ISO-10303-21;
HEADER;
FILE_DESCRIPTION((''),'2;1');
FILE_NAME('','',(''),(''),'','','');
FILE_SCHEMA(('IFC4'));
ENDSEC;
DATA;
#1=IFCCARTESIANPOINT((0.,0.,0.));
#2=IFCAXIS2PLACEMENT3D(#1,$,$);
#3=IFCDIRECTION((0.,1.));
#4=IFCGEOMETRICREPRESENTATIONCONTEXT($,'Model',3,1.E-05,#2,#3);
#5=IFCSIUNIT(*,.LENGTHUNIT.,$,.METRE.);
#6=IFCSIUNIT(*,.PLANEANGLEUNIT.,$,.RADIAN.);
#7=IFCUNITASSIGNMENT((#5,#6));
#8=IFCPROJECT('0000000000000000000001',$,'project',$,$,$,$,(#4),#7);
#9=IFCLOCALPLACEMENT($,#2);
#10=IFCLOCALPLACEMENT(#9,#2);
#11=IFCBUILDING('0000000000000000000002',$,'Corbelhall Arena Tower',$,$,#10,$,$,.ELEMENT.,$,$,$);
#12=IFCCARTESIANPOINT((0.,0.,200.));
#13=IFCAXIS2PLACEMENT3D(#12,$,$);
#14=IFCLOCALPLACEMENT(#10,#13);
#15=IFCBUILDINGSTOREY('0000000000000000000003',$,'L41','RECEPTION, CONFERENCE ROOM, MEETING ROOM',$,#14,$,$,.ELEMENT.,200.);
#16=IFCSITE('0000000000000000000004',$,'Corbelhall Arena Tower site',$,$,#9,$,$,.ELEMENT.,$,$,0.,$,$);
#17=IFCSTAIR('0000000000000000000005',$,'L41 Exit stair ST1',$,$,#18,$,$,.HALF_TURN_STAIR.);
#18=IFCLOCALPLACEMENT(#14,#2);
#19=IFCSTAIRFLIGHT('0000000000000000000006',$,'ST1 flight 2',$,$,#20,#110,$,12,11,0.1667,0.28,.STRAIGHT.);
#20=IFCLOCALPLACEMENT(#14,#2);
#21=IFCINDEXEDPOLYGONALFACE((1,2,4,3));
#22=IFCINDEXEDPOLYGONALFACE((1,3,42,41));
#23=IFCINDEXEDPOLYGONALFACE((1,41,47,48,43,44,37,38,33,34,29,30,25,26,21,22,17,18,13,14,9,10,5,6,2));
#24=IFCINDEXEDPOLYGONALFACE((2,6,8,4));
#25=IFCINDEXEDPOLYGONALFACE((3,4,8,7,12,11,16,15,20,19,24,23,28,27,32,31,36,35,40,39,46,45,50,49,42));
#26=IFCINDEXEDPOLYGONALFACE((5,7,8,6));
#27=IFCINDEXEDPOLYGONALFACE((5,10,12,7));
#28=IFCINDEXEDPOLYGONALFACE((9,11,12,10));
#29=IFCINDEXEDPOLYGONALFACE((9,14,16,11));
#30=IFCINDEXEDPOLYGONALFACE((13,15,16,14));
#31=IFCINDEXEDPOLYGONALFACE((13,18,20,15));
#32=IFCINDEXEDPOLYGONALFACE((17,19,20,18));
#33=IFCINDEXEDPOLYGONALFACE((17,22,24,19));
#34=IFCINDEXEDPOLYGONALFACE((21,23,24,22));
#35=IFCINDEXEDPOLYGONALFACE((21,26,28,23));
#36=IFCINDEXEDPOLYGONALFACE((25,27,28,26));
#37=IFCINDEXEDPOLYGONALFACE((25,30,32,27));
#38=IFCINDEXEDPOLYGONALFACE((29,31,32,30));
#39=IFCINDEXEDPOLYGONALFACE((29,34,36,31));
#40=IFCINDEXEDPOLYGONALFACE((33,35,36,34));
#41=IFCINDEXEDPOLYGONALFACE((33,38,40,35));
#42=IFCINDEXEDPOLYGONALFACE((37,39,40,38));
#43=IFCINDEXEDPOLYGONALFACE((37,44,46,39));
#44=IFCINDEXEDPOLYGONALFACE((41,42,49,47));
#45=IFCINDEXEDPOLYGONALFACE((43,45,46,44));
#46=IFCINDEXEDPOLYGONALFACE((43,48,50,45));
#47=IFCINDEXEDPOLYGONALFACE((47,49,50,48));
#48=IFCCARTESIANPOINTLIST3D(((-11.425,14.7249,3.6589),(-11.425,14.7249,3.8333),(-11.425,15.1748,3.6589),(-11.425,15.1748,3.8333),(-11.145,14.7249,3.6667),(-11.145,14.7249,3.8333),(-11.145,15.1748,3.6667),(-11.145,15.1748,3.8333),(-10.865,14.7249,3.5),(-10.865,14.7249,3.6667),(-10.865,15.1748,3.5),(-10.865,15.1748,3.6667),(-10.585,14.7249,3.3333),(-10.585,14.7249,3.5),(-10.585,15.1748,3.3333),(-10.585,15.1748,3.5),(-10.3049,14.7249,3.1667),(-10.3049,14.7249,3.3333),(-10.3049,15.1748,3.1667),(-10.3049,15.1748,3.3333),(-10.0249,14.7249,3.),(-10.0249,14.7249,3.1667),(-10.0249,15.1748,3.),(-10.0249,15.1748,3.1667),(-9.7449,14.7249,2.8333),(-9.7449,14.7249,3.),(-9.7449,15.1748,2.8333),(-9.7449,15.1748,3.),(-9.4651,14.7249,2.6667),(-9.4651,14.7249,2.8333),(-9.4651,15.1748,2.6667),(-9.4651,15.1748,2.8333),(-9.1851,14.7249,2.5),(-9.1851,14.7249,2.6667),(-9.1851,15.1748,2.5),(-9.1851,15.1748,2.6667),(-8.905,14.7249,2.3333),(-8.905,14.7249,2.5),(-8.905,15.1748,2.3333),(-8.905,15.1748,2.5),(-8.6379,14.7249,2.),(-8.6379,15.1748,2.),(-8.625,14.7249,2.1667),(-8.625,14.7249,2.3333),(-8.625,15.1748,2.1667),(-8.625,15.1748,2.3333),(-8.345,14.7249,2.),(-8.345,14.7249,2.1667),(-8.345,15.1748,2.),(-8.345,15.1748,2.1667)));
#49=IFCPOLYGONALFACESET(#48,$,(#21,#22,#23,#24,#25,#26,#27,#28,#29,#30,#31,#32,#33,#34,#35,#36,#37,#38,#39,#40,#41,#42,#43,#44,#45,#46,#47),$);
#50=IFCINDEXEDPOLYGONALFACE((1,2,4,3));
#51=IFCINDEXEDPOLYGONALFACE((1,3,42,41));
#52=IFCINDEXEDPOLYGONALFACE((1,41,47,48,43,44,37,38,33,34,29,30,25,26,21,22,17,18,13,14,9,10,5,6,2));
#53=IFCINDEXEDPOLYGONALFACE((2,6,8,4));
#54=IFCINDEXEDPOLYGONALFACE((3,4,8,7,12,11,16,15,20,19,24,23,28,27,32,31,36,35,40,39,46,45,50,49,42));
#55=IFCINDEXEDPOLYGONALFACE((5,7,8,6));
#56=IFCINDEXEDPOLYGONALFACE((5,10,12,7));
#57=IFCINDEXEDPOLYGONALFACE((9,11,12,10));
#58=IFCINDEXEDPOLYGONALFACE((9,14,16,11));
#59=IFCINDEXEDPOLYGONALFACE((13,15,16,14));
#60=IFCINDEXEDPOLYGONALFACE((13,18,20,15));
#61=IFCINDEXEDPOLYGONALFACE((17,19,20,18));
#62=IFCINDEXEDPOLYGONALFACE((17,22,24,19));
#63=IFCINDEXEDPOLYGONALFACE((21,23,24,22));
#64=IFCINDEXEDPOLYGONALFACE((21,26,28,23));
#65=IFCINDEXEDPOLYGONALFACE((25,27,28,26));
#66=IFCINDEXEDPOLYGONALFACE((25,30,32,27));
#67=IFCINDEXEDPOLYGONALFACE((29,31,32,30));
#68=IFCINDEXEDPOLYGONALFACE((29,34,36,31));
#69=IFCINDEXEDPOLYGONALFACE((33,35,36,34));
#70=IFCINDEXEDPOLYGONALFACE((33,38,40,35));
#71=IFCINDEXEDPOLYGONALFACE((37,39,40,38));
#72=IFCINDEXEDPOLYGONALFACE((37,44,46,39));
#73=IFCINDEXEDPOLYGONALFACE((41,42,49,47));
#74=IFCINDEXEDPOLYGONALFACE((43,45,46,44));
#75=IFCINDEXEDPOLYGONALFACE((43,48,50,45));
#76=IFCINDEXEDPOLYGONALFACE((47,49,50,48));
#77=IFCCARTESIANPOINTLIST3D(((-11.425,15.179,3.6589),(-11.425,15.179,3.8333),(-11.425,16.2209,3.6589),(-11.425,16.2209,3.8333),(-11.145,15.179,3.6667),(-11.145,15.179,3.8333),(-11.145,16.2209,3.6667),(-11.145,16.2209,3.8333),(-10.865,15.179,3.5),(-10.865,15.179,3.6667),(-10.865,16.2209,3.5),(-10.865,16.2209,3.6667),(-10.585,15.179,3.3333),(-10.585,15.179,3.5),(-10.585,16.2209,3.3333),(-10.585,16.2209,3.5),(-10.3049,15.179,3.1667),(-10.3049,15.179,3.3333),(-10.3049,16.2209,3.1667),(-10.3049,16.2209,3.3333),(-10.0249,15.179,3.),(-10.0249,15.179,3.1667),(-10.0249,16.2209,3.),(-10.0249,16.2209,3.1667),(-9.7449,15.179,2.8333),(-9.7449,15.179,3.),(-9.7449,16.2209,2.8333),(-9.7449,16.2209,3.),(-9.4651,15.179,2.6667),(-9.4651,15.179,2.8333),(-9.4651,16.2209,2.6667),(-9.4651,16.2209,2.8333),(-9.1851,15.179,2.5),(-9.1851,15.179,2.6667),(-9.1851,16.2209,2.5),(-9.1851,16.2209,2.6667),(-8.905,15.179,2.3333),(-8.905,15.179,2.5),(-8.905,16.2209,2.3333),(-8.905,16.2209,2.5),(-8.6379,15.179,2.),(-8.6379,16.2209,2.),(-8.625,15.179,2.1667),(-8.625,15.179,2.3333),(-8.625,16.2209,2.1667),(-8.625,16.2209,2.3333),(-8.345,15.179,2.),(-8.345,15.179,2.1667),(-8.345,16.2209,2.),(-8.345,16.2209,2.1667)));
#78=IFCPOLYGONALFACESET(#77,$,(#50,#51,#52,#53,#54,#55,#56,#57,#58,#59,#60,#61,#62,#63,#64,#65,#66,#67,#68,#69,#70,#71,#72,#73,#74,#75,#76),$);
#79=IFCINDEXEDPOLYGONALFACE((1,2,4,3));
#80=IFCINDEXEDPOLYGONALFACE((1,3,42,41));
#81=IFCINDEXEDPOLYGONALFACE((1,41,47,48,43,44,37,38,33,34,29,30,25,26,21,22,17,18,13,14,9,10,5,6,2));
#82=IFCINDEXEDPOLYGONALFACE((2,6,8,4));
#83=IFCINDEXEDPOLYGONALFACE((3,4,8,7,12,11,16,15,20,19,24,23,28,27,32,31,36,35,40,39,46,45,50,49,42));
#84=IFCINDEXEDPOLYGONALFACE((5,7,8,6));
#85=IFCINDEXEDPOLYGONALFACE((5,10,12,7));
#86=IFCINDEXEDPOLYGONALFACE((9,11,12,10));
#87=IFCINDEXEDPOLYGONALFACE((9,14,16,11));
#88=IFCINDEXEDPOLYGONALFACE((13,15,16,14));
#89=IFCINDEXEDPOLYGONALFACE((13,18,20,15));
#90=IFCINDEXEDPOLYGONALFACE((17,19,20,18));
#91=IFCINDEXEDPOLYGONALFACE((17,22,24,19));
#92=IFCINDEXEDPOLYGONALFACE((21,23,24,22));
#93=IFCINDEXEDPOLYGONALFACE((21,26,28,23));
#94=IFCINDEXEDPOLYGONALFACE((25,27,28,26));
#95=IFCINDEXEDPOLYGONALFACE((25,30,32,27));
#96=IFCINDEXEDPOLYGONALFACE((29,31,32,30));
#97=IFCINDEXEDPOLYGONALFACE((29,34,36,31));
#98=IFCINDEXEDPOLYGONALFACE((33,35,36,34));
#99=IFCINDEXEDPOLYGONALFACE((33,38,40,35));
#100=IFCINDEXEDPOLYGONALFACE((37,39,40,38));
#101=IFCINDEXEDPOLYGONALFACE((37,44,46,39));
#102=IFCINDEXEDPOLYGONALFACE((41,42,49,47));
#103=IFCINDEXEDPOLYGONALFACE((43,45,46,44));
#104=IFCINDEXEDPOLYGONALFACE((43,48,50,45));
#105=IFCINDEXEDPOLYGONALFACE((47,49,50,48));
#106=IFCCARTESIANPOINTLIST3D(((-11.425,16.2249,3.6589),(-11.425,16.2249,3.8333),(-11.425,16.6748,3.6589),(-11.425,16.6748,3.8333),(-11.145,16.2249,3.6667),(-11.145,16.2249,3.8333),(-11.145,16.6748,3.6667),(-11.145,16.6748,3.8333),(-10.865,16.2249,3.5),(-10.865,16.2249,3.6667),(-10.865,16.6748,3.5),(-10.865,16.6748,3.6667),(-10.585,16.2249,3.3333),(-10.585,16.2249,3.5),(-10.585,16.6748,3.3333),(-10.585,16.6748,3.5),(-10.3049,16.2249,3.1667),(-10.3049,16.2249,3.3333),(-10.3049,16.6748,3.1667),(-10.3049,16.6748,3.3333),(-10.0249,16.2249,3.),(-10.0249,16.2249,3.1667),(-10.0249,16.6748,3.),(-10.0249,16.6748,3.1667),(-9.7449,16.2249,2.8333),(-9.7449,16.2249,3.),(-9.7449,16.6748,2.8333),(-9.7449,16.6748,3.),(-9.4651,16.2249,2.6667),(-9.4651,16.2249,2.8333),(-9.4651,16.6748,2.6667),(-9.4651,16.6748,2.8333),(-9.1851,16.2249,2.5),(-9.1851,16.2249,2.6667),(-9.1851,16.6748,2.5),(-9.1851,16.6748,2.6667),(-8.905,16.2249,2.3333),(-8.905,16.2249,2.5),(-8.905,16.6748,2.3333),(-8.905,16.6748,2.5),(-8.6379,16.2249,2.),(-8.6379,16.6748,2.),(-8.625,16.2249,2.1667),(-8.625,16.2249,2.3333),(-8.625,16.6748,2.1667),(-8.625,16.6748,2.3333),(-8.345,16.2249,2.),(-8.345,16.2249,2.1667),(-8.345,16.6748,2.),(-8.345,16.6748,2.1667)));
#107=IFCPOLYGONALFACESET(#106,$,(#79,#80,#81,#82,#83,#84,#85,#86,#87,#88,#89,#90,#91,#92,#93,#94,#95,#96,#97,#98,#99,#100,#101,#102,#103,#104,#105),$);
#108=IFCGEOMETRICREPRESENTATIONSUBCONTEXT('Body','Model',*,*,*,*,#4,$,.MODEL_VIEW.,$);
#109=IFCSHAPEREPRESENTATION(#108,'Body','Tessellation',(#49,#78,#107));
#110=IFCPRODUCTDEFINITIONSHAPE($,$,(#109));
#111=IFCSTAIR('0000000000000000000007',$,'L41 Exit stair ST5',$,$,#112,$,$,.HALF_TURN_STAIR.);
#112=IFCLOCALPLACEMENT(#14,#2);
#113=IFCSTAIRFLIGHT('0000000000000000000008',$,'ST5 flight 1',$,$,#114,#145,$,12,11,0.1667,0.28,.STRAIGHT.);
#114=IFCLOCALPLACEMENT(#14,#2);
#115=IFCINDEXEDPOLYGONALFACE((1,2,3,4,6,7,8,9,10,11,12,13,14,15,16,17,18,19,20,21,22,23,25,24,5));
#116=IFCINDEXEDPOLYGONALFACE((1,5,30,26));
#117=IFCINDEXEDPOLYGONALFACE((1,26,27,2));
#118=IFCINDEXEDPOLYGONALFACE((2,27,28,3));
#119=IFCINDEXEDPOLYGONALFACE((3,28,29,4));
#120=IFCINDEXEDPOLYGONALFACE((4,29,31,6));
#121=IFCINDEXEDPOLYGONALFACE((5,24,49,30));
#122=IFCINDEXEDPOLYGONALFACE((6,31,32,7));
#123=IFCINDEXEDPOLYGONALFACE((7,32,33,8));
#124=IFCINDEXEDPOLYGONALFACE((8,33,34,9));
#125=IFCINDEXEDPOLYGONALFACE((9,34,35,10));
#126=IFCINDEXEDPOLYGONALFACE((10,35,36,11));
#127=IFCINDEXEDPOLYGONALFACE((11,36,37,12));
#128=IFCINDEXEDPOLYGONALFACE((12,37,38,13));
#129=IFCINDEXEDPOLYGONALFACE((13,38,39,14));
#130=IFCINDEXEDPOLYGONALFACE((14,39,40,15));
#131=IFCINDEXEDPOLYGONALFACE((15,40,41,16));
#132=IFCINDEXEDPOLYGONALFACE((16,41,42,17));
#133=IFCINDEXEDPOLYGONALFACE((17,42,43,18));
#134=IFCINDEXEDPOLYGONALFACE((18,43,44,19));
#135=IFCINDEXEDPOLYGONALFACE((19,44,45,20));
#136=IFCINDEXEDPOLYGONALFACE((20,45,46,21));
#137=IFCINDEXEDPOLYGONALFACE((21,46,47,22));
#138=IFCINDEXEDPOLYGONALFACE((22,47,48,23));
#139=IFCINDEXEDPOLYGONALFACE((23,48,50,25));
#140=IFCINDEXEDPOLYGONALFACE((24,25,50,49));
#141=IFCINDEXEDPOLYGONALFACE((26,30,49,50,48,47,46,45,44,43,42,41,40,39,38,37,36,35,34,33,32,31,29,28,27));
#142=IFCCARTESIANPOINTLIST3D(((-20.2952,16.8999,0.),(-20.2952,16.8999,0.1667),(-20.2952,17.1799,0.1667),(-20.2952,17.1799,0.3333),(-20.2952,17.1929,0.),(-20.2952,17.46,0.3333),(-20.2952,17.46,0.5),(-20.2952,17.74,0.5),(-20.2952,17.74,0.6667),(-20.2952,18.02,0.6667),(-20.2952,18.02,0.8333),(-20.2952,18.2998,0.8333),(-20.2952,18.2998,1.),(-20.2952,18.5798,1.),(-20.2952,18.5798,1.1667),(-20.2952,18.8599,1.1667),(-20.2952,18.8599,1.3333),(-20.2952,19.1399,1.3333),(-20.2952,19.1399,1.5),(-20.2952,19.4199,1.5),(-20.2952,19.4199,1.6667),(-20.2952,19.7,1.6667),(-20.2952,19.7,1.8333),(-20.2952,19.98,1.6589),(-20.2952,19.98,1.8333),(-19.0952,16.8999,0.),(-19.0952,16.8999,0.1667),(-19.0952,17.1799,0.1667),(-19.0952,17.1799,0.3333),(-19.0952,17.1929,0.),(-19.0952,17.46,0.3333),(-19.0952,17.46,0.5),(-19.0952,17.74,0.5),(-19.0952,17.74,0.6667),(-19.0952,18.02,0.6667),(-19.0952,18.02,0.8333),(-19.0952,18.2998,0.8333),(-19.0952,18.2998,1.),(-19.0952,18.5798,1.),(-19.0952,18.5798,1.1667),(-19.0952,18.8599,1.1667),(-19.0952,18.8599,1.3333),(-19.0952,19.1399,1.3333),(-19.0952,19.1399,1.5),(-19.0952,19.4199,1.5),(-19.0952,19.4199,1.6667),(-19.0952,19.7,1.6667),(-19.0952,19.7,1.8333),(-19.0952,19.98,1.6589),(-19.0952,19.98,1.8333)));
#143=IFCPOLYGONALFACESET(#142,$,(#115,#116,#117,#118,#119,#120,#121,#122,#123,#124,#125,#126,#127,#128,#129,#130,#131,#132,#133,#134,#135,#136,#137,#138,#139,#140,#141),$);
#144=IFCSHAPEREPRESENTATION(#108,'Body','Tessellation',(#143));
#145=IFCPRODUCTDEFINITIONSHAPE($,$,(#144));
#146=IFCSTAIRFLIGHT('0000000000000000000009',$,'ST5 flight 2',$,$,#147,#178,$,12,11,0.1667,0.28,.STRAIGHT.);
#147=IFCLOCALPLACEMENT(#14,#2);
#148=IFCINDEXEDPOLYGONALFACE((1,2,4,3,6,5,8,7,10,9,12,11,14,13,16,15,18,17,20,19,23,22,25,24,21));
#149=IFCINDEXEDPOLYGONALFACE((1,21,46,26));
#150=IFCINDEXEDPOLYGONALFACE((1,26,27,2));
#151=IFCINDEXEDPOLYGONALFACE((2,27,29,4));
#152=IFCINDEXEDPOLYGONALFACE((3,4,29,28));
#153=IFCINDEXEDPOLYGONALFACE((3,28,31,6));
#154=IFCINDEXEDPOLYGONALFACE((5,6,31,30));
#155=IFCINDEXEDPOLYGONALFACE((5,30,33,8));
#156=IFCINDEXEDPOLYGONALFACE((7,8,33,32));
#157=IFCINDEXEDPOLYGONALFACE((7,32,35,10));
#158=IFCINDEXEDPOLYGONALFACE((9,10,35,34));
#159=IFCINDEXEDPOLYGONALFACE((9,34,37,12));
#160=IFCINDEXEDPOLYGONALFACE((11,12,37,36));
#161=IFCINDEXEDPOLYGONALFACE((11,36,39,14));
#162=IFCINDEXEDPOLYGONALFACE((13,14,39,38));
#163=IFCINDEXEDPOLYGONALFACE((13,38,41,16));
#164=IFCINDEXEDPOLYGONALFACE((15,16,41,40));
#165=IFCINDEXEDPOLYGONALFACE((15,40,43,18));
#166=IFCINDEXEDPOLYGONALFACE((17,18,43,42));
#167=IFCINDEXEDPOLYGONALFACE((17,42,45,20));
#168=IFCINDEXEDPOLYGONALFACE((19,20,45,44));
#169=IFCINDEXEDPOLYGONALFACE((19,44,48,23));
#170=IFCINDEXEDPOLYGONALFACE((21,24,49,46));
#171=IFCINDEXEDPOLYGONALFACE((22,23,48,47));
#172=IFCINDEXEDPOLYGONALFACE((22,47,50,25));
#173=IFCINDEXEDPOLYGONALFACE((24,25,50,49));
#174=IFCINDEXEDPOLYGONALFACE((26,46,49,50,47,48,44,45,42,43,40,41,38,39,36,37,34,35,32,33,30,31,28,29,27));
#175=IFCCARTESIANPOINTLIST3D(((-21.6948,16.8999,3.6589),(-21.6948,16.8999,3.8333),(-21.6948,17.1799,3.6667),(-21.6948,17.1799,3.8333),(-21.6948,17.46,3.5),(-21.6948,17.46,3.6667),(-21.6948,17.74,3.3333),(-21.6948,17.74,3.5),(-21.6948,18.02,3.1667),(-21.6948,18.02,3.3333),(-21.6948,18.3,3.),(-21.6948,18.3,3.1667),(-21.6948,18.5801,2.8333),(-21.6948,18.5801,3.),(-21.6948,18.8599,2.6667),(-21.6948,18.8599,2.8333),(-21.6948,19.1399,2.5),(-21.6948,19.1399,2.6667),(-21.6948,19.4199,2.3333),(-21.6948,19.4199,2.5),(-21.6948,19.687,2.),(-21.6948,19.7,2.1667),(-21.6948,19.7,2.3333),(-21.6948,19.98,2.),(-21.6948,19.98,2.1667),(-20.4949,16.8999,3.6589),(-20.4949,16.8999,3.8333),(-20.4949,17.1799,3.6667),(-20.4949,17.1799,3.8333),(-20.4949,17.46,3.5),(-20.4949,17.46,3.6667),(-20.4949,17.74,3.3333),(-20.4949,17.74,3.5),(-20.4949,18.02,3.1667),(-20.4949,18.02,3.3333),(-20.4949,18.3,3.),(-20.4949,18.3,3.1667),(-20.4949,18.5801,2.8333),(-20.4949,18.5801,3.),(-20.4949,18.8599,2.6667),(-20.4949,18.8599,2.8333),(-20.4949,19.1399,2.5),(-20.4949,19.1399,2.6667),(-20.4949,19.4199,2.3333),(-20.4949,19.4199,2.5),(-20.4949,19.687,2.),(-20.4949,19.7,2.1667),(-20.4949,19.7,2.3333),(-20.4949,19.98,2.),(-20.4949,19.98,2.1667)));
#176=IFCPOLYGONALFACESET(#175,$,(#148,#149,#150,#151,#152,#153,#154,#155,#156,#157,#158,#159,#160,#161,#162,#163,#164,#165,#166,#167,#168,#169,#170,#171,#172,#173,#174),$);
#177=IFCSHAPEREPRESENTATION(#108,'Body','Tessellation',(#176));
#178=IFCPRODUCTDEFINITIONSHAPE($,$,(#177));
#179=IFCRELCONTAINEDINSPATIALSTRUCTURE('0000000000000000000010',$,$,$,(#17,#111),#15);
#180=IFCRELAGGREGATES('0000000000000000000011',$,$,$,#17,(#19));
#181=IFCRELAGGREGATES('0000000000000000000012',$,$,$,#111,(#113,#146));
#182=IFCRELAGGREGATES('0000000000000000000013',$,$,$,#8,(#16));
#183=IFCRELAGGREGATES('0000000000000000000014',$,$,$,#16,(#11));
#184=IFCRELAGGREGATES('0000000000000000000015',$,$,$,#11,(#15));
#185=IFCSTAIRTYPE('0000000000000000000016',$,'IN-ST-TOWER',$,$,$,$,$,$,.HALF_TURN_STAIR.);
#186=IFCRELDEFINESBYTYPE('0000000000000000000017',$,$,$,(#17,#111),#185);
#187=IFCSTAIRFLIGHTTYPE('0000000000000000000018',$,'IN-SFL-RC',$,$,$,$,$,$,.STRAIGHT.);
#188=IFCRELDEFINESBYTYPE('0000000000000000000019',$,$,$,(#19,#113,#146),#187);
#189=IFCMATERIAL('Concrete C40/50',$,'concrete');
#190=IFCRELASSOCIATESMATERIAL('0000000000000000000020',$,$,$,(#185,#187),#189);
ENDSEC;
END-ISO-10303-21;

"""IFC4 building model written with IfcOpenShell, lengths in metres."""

from ifc_helpers import new_model, si_unit, direction, frame, origin, place, context, subcontext, project, spatial, polyline, outline, extrude, material, type_object, element, aggregate, save


model = new_model("IFC4")

# Units and contexts
model_context = context("Model", 3, precision=1e-05, world=origin(), true_north=direction((0.0, 1.0)))
body_context = subcontext(model_context, "Body", "Model", "MODEL_VIEW")
ifc_project = project(units=[si_unit("LENGTHUNIT", "METRE"), si_unit("PLANEANGLEUNIT", "RADIAN")], contexts=[model_context])

# Site, building, storey
site_placement = place(None, origin())
site = spatial("IfcSite", under=ifc_project, at=site_placement, Name="Corbelhall Arena Tower site", CompositionType="ELEMENT", RefElevation=0.0)
building_placement = place(site_placement, origin())
building = spatial("IfcBuilding", under=site, at=building_placement, Name="Corbelhall Arena Tower", CompositionType="ELEMENT")
storey_placement = place(building_placement, frame((0.0, 0.0, 200.0)))
storey = spatial("IfcBuildingStorey", under=building, at=storey_placement, Name="L41", Description="RECEPTION, CONFERENCE ROOM, MEETING ROOM", CompositionType="ELEMENT", Elevation=200.0)

# Shared definitions
ifc_material_1 = material(Name="Concrete C40/50", Category="concrete")

# Stair, stair flight
stair_type = type_object("IfcStairType", Name="IN-ST-TOWER", PredefinedType="HALF_TURN_STAIR", material=ifc_material_1)
stair_1_placement = place(storey_placement, origin())
stair_1 = element("IfcStair", 1, at=stair_1_placement, inside=storey, type_object=stair_type, Name="L41 Exit stair ST1", PredefinedType="HALF_TURN_STAIR")
stair_flight_type = type_object("IfcStairFlightType", Name="IN-SFL-RC", PredefinedType="STRAIGHT", material=ifc_material_1)
stair_flight_1_placement = place(storey_placement, frame((-8.345, 15.7, 2.0), z_axis=(0.0, 0.0, 1.0), x_axis=(-1.0, 0.0, 0.0)))
stair_flight_1 = element("IfcStairFlight", 2, at=stair_flight_1_placement, type_object=stair_flight_type, Name="ST1 flight 2", NumberOfRisers=12, NumberOfTreads=11, PredefinedType="STRAIGHT", RiserHeight=0.1667, TreadLength=0.28, context=body_context, shape_type="SweptSolid", body=[
    extrude(outline(polyline([(0.0, 0.0), (0.0, 0.1667), (0.28, 0.1667), (0.28, 0.3333), (0.5601, 0.3333), (0.5601, 0.5), (0.8401, 0.5), (0.8401, 0.6667), (1.1201, 0.6667), (1.1201, 0.8333), (1.3999, 0.8333), (1.3999, 1.0), (1.6799, 1.0), (1.6799, 1.1667), (1.96, 1.1667), (1.96, 1.3333), (2.24, 1.3333), (2.24, 1.5), (2.52, 1.5), (2.52, 1.6667), (2.8, 1.6667), (2.8, 1.8333), (3.0801, 1.8333), (3.0801, 2.0), (3.0801, 1.6589), (0.293, 0.0), (0.0, 0.0)])), frame((0.0, 0.9751, 0.0), z_axis=(0.0, -1.0, 0.0), x_axis=(1.0, 0.0, 0.0)), (0.0, 0.0, 1.0), 0.45),
    extrude(outline(polyline([(0.0, 0.0), (0.0, 0.1667), (0.28, 0.1667), (0.28, 0.3333), (0.5601, 0.3333), (0.5601, 0.5), (0.8401, 0.5), (0.8401, 0.6667), (1.1201, 0.6667), (1.1201, 0.8333), (1.3999, 0.8333), (1.3999, 1.0), (1.6799, 1.0), (1.6799, 1.1667), (1.96, 1.1667), (1.96, 1.3333), (2.24, 1.3333), (2.24, 1.5), (2.52, 1.5), (2.52, 1.6667), (2.8, 1.6667), (2.8, 1.8333), (3.0801, 1.8333), (3.0801, 2.0), (3.0801, 1.6589), (0.293, 0.0), (0.0, 0.0)])), frame((0.0, 0.521, 0.0), z_axis=(0.0, -1.0, 0.0), x_axis=(1.0, 0.0, 0.0)), (0.0, 0.0, 1.0), 1.042),
    extrude(outline(polyline([(0.0, 0.0), (0.0, 0.1667), (0.28, 0.1667), (0.28, 0.3333), (0.5601, 0.3333), (0.5601, 0.5), (0.8401, 0.5), (0.8401, 0.6667), (1.1201, 0.6667), (1.1201, 0.8333), (1.3999, 0.8333), (1.3999, 1.0), (1.6799, 1.0), (1.6799, 1.1667), (1.96, 1.1667), (1.96, 1.3333), (2.24, 1.3333), (2.24, 1.5), (2.52, 1.5), (2.52, 1.6667), (2.8, 1.6667), (2.8, 1.8333), (3.0801, 1.8333), (3.0801, 2.0), (3.0801, 1.6589), (0.293, 0.0), (0.0, 0.0)])), frame((0.0, -0.5249, 0.0), z_axis=(0.0, -1.0, 0.0), x_axis=(1.0, 0.0, 0.0)), (0.0, 0.0, 1.0), 0.45),
])
aggregate(stair_1, [stair_flight_1])

# Stair, stair flights
stair_2_placement = place(storey_placement, origin())
stair_2 = element("IfcStair", 3, at=stair_2_placement, inside=storey, type_object=stair_type, Name="L41 Exit stair ST5", PredefinedType="HALF_TURN_STAIR")
stair_flight_2_placement = place(storey_placement, frame((-19.6951, 16.8999, 0.0), z_axis=(0.0, 0.0, 1.0), x_axis=(0.0, 1.0, 0.0)))
stair_flight_2 = element("IfcStairFlight", 4, at=stair_flight_2_placement, type_object=stair_flight_type, Name="ST5 flight 1", NumberOfRisers=12, NumberOfTreads=11, PredefinedType="STRAIGHT", RiserHeight=0.1667, TreadLength=0.28, context=body_context, shape_type="SweptSolid", body=[
    extrude(outline(polyline([(0.0, 0.0), (0.0, 0.1667), (0.28, 0.1667), (0.28, 0.3333), (0.5601, 0.3333), (0.5601, 0.5), (0.8401, 0.5), (0.8401, 0.6667), (1.1201, 0.6667), (1.1201, 0.8333), (1.3999, 0.8333), (1.3999, 1.0), (1.6799, 1.0), (1.6799, 1.1667), (1.96, 1.1667), (1.96, 1.3333), (2.24, 1.3333), (2.24, 1.5), (2.52, 1.5), (2.52, 1.6667), (2.8, 1.6667), (2.8, 1.8333), (3.0801, 1.8333), (3.0801, 2.0), (3.0801, 1.6589), (0.293, 0.0), (0.0, 0.0)])), frame((0.0, 0.6001, 0.0), z_axis=(0.0, -1.0, 0.0), x_axis=(1.0, 0.0, 0.0)), (0.0, 0.0, 1.0), 1.2),
])
stair_flight_3_placement = place(storey_placement, frame((-21.095, 19.98, 2.0), z_axis=(0.0, 0.0, 1.0), x_axis=(0.0, -1.0, 0.0)))
stair_flight_3 = element("IfcStairFlight", 5, at=stair_flight_3_placement, type_object=stair_flight_type, Name="ST5 flight 2", NumberOfRisers=12, NumberOfTreads=11, PredefinedType="STRAIGHT", RiserHeight=0.1667, TreadLength=0.28, context=body_context, shape_type="SweptSolid", body=[
    extrude(outline(polyline([(0.0, 0.0), (0.0, 0.1667), (0.28, 0.1667), (0.28, 0.3333), (0.5601, 0.3333), (0.5601, 0.5), (0.8401, 0.5), (0.8401, 0.6667), (1.1201, 0.6667), (1.1201, 0.8333), (1.3999, 0.8333), (1.3999, 1.0), (1.6799, 1.0), (1.6799, 1.1667), (1.96, 1.1667), (1.96, 1.3333), (2.24, 1.3333), (2.24, 1.5), (2.52, 1.5), (2.52, 1.6667), (2.8, 1.6667), (2.8, 1.8333), (3.0801, 1.8333), (3.0801, 2.0), (3.0801, 1.6589), (0.293, 0.0), (0.0, 0.0)])), frame((0.0, 0.6001, 0.0), z_axis=(0.0, -1.0, 0.0), x_axis=(1.0, 0.0, 0.0)), (0.0, 0.0, 1.0), 1.2),
])
aggregate(stair_2, [stair_flight_2, stair_flight_3])

save(model, "model.ifc")
